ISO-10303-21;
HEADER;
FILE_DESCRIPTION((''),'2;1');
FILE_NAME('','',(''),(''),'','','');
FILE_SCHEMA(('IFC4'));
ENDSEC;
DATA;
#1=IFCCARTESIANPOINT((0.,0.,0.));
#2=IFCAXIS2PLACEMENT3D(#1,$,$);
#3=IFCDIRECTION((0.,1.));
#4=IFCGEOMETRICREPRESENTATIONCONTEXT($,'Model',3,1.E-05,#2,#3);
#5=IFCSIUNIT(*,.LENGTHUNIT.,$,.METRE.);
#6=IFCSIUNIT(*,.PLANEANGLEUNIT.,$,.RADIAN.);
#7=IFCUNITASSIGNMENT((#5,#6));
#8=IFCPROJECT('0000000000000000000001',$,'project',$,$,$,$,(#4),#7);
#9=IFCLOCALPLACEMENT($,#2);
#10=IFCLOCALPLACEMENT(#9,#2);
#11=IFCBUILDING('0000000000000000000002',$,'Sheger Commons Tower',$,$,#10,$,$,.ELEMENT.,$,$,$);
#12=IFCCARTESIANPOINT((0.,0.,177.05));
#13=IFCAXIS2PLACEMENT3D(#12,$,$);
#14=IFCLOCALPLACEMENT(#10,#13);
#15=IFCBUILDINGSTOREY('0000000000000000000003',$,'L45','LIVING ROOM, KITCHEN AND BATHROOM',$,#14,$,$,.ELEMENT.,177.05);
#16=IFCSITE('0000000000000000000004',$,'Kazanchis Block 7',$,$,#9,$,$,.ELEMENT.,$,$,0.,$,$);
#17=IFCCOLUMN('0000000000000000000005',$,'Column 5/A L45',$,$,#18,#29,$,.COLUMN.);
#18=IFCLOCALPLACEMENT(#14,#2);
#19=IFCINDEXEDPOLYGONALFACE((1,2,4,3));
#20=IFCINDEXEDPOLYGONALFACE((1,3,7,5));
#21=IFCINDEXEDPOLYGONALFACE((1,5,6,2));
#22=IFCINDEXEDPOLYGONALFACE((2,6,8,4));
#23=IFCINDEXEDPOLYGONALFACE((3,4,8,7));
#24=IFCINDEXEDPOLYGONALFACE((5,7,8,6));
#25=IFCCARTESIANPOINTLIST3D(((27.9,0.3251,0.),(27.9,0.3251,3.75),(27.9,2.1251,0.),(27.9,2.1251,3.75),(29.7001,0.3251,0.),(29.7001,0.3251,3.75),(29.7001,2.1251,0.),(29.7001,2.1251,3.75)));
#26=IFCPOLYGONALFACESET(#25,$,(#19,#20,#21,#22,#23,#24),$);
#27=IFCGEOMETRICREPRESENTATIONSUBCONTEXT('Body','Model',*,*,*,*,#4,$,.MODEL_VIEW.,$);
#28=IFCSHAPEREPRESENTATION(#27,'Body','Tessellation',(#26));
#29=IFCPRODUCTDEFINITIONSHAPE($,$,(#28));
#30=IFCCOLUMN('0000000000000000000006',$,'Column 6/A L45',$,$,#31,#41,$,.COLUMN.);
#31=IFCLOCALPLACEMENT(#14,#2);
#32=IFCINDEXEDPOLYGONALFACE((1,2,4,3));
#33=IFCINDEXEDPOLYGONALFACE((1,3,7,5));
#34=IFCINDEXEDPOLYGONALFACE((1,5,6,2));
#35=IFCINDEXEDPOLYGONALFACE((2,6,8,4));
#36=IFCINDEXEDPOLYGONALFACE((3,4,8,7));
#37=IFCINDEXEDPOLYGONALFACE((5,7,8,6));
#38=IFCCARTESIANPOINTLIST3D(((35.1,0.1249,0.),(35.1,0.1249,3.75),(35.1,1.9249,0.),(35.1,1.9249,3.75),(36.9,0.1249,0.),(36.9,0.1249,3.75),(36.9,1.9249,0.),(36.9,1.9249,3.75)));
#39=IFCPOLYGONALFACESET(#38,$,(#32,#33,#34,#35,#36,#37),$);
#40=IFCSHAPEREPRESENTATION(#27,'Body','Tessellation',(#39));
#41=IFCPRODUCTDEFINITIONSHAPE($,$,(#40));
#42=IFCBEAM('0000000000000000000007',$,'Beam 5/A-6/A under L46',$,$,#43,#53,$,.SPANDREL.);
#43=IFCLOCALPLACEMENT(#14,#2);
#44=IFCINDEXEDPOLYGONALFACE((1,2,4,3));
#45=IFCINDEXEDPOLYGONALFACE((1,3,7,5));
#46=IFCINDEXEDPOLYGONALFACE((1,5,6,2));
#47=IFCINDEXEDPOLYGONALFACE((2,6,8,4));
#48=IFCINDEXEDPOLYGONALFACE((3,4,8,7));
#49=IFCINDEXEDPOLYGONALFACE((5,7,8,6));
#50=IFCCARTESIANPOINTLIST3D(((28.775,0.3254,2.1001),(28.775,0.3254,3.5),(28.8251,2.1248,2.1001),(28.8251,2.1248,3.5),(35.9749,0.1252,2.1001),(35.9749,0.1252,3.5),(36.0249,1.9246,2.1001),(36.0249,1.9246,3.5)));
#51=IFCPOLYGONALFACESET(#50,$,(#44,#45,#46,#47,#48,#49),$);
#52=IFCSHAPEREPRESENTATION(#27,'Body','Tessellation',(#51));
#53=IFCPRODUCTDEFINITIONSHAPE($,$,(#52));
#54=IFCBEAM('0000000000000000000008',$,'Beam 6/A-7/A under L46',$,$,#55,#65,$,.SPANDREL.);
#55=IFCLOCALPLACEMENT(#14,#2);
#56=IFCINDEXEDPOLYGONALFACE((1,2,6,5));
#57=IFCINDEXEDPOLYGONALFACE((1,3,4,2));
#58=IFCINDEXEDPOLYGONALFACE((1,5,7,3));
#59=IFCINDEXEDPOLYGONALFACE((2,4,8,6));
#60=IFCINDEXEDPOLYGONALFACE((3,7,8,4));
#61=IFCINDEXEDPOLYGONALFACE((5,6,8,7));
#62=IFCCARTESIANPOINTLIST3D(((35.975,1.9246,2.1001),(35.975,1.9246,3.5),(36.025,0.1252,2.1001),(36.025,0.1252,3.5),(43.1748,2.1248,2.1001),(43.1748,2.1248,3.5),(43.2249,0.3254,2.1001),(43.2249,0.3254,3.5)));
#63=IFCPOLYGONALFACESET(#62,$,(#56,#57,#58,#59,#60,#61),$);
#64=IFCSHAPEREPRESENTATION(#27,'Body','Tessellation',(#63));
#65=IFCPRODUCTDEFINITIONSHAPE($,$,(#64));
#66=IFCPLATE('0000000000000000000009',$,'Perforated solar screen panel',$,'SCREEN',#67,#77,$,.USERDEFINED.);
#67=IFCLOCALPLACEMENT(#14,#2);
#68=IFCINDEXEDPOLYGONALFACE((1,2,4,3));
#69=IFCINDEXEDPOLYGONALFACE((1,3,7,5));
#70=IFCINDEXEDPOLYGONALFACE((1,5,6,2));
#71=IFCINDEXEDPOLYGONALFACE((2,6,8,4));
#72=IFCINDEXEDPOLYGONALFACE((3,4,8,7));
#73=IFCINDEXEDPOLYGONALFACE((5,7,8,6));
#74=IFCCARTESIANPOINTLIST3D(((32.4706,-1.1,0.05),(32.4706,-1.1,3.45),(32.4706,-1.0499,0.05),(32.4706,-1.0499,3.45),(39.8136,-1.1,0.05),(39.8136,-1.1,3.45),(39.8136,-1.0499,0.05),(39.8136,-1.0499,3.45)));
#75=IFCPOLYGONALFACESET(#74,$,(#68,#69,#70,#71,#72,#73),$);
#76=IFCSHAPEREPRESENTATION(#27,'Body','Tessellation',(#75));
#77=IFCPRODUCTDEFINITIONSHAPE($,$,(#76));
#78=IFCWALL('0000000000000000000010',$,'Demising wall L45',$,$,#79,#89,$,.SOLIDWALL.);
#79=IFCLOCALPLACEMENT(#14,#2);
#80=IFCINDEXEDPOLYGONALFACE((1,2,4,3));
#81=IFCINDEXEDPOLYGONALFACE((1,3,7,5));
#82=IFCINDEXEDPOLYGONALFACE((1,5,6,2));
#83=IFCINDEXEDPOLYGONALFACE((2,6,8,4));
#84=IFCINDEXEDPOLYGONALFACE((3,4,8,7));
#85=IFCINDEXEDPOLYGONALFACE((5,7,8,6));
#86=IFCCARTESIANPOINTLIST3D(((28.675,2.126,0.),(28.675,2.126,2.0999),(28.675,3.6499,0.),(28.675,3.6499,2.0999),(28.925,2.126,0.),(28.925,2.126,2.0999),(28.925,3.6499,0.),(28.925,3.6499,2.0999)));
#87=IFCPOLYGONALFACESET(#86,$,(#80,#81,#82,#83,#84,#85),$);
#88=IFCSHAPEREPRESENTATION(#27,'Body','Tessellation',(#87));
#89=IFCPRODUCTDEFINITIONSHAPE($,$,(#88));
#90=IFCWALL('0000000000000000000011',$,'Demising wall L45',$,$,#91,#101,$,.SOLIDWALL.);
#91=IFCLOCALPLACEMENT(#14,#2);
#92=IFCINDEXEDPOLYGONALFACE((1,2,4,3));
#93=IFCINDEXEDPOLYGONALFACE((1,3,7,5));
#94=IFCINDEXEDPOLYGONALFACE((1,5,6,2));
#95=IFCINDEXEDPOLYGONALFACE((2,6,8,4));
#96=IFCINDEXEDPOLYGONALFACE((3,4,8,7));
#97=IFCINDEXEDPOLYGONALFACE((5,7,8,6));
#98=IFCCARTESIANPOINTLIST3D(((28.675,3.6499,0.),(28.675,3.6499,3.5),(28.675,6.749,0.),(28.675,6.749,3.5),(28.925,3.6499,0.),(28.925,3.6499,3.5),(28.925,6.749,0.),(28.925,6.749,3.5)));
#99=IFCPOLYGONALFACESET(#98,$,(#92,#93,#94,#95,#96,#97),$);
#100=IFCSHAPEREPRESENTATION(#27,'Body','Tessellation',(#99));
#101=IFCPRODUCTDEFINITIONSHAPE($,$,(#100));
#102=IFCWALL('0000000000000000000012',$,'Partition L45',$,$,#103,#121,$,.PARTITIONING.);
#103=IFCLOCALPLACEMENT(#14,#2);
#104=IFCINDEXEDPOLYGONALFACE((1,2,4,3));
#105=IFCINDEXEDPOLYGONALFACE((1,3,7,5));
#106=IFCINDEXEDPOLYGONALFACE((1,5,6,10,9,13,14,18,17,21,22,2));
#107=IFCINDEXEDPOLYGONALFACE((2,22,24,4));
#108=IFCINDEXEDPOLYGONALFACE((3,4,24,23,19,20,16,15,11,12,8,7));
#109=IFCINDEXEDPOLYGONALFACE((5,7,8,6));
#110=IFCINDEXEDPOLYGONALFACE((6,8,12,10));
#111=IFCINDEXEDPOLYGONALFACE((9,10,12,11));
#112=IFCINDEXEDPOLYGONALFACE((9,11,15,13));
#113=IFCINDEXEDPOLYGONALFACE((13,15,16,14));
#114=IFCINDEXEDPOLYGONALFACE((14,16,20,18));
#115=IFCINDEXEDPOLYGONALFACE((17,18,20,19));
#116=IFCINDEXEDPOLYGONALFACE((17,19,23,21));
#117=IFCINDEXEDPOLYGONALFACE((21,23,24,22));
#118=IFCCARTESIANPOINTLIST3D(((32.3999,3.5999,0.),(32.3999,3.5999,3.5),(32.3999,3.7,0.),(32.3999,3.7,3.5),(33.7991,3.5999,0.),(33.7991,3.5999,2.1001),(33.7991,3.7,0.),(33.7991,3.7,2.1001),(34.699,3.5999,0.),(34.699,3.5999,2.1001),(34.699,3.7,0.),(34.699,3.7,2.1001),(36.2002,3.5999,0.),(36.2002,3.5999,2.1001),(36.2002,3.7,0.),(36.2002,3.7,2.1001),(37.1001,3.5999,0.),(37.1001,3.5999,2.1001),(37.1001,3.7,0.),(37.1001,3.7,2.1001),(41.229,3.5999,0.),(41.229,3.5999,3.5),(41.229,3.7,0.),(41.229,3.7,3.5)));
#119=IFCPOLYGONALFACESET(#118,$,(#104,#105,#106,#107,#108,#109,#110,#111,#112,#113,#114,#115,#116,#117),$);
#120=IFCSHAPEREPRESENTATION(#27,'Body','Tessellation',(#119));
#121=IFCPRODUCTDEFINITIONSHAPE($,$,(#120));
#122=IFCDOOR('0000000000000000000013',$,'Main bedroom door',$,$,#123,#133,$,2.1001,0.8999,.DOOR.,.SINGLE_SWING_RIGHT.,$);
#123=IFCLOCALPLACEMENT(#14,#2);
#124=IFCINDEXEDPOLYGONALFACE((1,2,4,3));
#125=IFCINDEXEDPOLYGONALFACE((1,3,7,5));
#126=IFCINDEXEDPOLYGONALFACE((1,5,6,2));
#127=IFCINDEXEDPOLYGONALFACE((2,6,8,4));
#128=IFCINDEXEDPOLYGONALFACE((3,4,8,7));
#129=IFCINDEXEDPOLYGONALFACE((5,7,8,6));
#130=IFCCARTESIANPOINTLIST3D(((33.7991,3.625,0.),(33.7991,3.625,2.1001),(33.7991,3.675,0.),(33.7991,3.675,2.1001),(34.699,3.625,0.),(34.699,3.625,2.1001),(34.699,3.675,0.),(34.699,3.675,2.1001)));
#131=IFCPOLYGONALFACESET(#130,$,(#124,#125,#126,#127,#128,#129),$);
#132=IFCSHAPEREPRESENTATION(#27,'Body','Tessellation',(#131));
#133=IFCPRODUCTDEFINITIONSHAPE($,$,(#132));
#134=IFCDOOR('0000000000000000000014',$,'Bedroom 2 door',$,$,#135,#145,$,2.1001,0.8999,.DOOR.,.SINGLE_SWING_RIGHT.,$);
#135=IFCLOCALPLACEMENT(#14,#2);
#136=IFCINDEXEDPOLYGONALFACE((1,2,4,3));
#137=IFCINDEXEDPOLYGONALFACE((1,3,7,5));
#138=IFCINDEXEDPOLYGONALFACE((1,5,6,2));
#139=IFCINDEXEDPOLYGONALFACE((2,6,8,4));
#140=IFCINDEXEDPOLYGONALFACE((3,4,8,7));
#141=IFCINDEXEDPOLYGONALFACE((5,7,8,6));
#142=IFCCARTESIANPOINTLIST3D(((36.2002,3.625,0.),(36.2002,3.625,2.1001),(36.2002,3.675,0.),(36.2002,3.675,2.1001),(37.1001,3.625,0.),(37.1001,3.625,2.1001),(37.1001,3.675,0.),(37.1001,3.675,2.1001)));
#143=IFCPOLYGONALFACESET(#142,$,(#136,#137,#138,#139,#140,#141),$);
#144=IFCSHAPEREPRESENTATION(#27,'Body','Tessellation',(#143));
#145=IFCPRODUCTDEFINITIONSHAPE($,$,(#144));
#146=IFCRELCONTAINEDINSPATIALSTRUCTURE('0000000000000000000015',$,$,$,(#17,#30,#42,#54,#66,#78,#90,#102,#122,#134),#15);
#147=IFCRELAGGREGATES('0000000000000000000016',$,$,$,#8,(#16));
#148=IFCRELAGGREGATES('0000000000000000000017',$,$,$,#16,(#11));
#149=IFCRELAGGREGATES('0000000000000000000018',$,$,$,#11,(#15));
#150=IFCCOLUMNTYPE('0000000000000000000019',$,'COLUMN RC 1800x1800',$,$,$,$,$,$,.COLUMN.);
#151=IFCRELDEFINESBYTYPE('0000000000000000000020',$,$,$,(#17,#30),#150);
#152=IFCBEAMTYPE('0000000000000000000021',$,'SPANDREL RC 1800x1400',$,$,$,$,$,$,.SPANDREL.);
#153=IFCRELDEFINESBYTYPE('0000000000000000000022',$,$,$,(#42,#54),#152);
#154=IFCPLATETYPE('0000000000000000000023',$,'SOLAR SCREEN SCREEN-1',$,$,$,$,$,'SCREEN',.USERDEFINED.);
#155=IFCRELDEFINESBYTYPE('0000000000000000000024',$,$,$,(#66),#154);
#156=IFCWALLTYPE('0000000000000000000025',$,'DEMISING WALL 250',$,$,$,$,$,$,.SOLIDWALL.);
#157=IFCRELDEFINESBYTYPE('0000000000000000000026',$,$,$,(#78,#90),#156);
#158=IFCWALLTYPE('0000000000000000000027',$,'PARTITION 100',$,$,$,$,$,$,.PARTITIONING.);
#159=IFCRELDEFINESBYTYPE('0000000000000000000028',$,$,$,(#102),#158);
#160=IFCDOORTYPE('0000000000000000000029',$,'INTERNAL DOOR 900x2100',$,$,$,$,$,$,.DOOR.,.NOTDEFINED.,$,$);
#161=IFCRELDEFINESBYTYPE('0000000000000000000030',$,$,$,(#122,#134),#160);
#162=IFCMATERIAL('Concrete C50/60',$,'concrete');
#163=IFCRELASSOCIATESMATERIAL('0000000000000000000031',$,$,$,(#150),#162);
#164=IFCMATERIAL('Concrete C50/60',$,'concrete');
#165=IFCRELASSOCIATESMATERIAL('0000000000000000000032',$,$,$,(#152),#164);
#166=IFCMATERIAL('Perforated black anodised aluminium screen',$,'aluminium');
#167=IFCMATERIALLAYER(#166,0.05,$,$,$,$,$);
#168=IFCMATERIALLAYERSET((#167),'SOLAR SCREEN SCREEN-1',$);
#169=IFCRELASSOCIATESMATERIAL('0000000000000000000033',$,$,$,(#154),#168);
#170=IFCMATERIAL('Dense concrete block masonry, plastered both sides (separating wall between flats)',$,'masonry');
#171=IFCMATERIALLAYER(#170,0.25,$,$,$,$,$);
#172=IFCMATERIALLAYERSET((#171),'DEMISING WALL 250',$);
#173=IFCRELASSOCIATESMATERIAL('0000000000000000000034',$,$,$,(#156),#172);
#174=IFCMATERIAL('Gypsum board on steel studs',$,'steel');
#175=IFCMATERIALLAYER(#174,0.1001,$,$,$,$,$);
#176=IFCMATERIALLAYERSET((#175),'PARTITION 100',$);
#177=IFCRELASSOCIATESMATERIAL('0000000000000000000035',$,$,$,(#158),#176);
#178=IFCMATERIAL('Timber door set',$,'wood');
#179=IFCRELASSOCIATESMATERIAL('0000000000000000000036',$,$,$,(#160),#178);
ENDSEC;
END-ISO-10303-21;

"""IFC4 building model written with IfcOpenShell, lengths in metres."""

from ifc_helpers import new_model, si_unit, direction, frame, frame_2d, origin, origin_2d, place, context, subcontext, project, spatial, rectangle, extrude, material, layer, layer_set, material_profile, profile_set, type_object, element, fill, save


model = new_model("IFC4")

# Units and contexts
model_context = context("Model", 3, precision=1e-05, world=origin(), true_north=direction((0.0, 1.0)))
body_context = subcontext(model_context, "Body", "Model", "MODEL_VIEW")
ifc_project = project(units=[si_unit("LENGTHUNIT", "METRE"), si_unit("PLANEANGLEUNIT", "RADIAN")], contexts=[model_context])

# Site, building, storey
site_placement = place(None, origin())
site = spatial("IfcSite", under=ifc_project, at=site_placement, Name="Kazanchis Block 7", CompositionType="ELEMENT", RefElevation=0.0)
building_placement = place(site_placement, origin())
building = spatial("IfcBuilding", under=site, at=building_placement, Name="Sheger Commons Tower", CompositionType="ELEMENT")
storey_placement = place(building_placement, frame((0.0, 0.0, 177.05)))
storey = spatial("IfcBuildingStorey", under=building, at=storey_placement, Name="L45", Description="LIVING ROOM, KITCHEN AND BATHROOM", CompositionType="ELEMENT", Elevation=177.05)

# Columns
ifc_material_1 = material(Name="Concrete C50/60", Category="concrete")
ifc_material_profile_1 = material_profile(ifc_material_1, rectangle(XDim=1.8, YDim=1.8, at=origin_2d()), Name="RC 1800x1800")
ifc_profile_set_1 = profile_set([ifc_material_profile_1], Name="Concrete C50/60")
column_type = type_object("IfcColumnType", Name="COLUMN RC 1800x1800", PredefinedType="COLUMN", material=ifc_profile_set_1)
for number, where, z_axis, x_axis, name in (
    (1, (28.8, 1.2251, 0.0), (0.0, 0.0, 1.0), (1.0, 0.0, 0.0), "Column 5/A L45"),
    (2, (36.0, 1.0249, 0.0), (0.0, 0.0, 1.0), (1.0, 0.0, 0.0), "Column 6/A L45"),
):
    element("IfcColumn", number, at=place(storey_placement, frame(where, z_axis=z_axis, x_axis=x_axis)), inside=storey, type_object=column_type, Name=name, PredefinedType="COLUMN", context=body_context, shape_type="SweptSolid", body=[
        extrude(rectangle(XDim=1.8, YDim=1.8, at=origin_2d()), origin(), (0.0, 0.0, 1.0), 3.75),
    ])

# Beams
ifc_material_2 = material(Name="Concrete C50/60", Category="concrete")
ifc_material_profile_2 = material_profile(ifc_material_2, rectangle(XDim=1.8, YDim=1.3999, at=origin_2d()), Name="RC 1800x1400")
ifc_profile_set_2 = profile_set([ifc_material_profile_2], Name="Concrete C50/60")
beam_type = type_object("IfcBeamType", Name="SPANDREL RC 1800x1400", PredefinedType="SPANDREL", material=ifc_profile_set_2)
for number, where, z_axis, x_axis, name in (
    (3, (28.8, 1.2251, 2.8), (0.999614, -0.027794, 0.0), (0.027794, 0.999614, 0.0), "Beam 5/A-6/A under L46"),
    (4, (36.0, 1.0249, 2.8), (0.999614, 0.027794, 0.0), (-0.027794, 0.999614, 0.0), "Beam 6/A-7/A under L46"),
):
    element("IfcBeam", number, at=place(storey_placement, frame(where, z_axis=z_axis, x_axis=x_axis)), inside=storey, type_object=beam_type, Name=name, PredefinedType="SPANDREL", context=body_context, shape_type="SweptSolid", body=[
        extrude(rectangle(XDim=1.8, YDim=1.3999, at=origin_2d()), origin(), (0.0, 0.0, 1.0), 7.2026),
    ])

# Plate
ifc_material_3 = material(Name="Perforated black anodised aluminium screen", Category="aluminium")
ifc_layer_1 = layer(ifc_material_3, 0.05)
ifc_layer_set_1 = layer_set([ifc_layer_1], Name="SOLAR SCREEN SCREEN-1")
plate_type = type_object("IfcPlateType", Name="SOLAR SCREEN SCREEN-1", ElementType="SCREEN", PredefinedType="USERDEFINED", material=ifc_layer_set_1)
plate_placement = place(storey_placement, frame((36.1421, -1.075, 0.05), z_axis=(0.0, 0.0, 1.0), x_axis=(1.0, 0.0, 0.0)))
element("IfcPlate", 5, at=plate_placement, inside=storey, type_object=plate_type, Name="Perforated solar screen panel", ObjectType="SCREEN", PredefinedType="USERDEFINED", context=body_context, shape_type="SweptSolid", body=[
    extrude(rectangle(XDim=7.343, YDim=0.05, at=origin_2d()), origin(), (0.0, 0.0, 1.0), 3.3999),
])

# Walls
ifc_material_4 = material(Name="Dense concrete block masonry, plastered both sides (separating wall between flats)", Category="masonry")
ifc_layer_2 = layer(ifc_material_4, 0.25)
ifc_layer_set_2 = layer_set([ifc_layer_2], Name="DEMISING WALL 250")
wall_type_1 = type_object("IfcWallType", Name="DEMISING WALL 250", PredefinedType="SOLIDWALL", material=ifc_layer_set_2)
wall_1_placement = place(storey_placement, frame((28.8, 2.126, 0.0), z_axis=(0.0, 0.0, 1.0), x_axis=(0.0, 1.0, 0.0)))
element("IfcWall", 6, at=wall_1_placement, inside=storey, type_object=wall_type_1, Name="Demising wall L45", PredefinedType="SOLIDWALL", context=body_context, shape_type="SweptSolid", body=[
    extrude(rectangle(XDim=1.5239, YDim=0.25, at=frame_2d((0.762, 0.0))), origin(), (0.0, 0.0, 1.0), 2.0999),
])
wall_2_placement = place(storey_placement, frame((28.8, 3.6499, 0.0), z_axis=(0.0, 0.0, 1.0), x_axis=(0.0, 1.0, 0.0)))
element("IfcWall", 7, at=wall_2_placement, inside=storey, type_object=wall_type_1, Name="Demising wall L45", PredefinedType="SOLIDWALL", context=body_context, shape_type="SweptSolid", body=[
    extrude(rectangle(XDim=3.0991, YDim=0.25, at=frame_2d((1.5496, 0.0))), origin(), (0.0, 0.0, 1.0), 3.5),
])

# Wall, openings, doors
ifc_material_5 = material(Name="Gypsum board on steel studs", Category="steel")
ifc_layer_3 = layer(ifc_material_5, 0.1001)
ifc_layer_set_3 = layer_set([ifc_layer_3], Name="PARTITION 100")
wall_type_2 = type_object("IfcWallType", Name="PARTITION 100", PredefinedType="PARTITIONING", material=ifc_layer_set_3)
wall_3_placement = place(storey_placement, frame((41.229, 3.6499, 0.0), z_axis=(0.0, 0.0, 1.0), x_axis=(-1.0, 0.0, 0.0)))
wall_3 = element("IfcWall", 8, at=wall_3_placement, inside=storey, type_object=wall_type_2, Name="Partition L45", PredefinedType="PARTITIONING", context=body_context, shape_type="SweptSolid", body=[
    extrude(rectangle(XDim=8.8291, YDim=0.1001, at=frame_2d((4.4146, 0.0))), origin(), (0.0, 0.0, 1.0), 3.5),
])
opening_1_placement = place(wall_3_placement, frame((6.53, 0.0, 0.0)))
opening_1 = element("IfcOpeningElement", 9, at=opening_1_placement, cuts=wall_3, PredefinedType="OPENING", context=body_context, shape_type="SweptSolid", body=[
    extrude(rectangle(XDim=0.8999, YDim=2.1001, at=frame_2d((0.45, 1.05))), frame((0.0, 0.0601, 0.0), z_axis=(0.0, -1.0, 0.0), x_axis=(1.0, 0.0, 0.0)), (0.0, 0.0, 1.0), 0.1201),
])
opening_2_placement = place(wall_3_placement, frame((4.1289, 0.0, 0.0)))
opening_2 = element("IfcOpeningElement", 10, at=opening_2_placement, cuts=wall_3, PredefinedType="OPENING", context=body_context, shape_type="SweptSolid", body=[
    extrude(rectangle(XDim=0.8999, YDim=2.1001, at=frame_2d((0.45, 1.05))), frame((0.0, 0.0601, 0.0), z_axis=(0.0, -1.0, 0.0), x_axis=(1.0, 0.0, 0.0)), (0.0, 0.0, 1.0), 0.1201),
])
ifc_material_6 = material(Name="Timber door set", Category="wood")
door_type = type_object("IfcDoorType", Name="INTERNAL DOOR 900x2100", OperationType="NOTDEFINED", PredefinedType="DOOR", material=ifc_material_6)
door_1_placement = place(opening_1_placement, origin())
door_1 = element("IfcDoor", 11, at=door_1_placement, inside=storey, type_object=door_type, Name="Main bedroom door", OperationType="SINGLE_SWING_RIGHT", OverallHeight=2.1001, OverallWidth=0.8999, PredefinedType="DOOR", context=body_context, shape_type="SweptSolid", body=[
    extrude(rectangle(XDim=0.8999, YDim=2.1001, at=frame_2d((0.45, 1.05))), frame((0.0, 0.0249, 0.0), z_axis=(0.0, -1.0, 0.0), x_axis=(1.0, 0.0, 0.0)), (0.0, 0.0, 1.0), 0.05),
])
fill(opening_1, door_1)
door_2_placement = place(opening_2_placement, origin())
door_2 = element("IfcDoor", 12, at=door_2_placement, inside=storey, type_object=door_type, Name="Bedroom 2 door", OperationType="SINGLE_SWING_RIGHT", OverallHeight=2.1001, OverallWidth=0.8999, PredefinedType="DOOR", context=body_context, shape_type="SweptSolid", body=[
    extrude(rectangle(XDim=0.8999, YDim=2.1001, at=frame_2d((0.45, 1.05))), frame((0.0, 0.0249, 0.0), z_axis=(0.0, -1.0, 0.0), x_axis=(1.0, 0.0, 0.0)), (0.0, 0.0, 1.0), 0.05),
])
fill(opening_2, door_2)

save(model, "model.ifc")
